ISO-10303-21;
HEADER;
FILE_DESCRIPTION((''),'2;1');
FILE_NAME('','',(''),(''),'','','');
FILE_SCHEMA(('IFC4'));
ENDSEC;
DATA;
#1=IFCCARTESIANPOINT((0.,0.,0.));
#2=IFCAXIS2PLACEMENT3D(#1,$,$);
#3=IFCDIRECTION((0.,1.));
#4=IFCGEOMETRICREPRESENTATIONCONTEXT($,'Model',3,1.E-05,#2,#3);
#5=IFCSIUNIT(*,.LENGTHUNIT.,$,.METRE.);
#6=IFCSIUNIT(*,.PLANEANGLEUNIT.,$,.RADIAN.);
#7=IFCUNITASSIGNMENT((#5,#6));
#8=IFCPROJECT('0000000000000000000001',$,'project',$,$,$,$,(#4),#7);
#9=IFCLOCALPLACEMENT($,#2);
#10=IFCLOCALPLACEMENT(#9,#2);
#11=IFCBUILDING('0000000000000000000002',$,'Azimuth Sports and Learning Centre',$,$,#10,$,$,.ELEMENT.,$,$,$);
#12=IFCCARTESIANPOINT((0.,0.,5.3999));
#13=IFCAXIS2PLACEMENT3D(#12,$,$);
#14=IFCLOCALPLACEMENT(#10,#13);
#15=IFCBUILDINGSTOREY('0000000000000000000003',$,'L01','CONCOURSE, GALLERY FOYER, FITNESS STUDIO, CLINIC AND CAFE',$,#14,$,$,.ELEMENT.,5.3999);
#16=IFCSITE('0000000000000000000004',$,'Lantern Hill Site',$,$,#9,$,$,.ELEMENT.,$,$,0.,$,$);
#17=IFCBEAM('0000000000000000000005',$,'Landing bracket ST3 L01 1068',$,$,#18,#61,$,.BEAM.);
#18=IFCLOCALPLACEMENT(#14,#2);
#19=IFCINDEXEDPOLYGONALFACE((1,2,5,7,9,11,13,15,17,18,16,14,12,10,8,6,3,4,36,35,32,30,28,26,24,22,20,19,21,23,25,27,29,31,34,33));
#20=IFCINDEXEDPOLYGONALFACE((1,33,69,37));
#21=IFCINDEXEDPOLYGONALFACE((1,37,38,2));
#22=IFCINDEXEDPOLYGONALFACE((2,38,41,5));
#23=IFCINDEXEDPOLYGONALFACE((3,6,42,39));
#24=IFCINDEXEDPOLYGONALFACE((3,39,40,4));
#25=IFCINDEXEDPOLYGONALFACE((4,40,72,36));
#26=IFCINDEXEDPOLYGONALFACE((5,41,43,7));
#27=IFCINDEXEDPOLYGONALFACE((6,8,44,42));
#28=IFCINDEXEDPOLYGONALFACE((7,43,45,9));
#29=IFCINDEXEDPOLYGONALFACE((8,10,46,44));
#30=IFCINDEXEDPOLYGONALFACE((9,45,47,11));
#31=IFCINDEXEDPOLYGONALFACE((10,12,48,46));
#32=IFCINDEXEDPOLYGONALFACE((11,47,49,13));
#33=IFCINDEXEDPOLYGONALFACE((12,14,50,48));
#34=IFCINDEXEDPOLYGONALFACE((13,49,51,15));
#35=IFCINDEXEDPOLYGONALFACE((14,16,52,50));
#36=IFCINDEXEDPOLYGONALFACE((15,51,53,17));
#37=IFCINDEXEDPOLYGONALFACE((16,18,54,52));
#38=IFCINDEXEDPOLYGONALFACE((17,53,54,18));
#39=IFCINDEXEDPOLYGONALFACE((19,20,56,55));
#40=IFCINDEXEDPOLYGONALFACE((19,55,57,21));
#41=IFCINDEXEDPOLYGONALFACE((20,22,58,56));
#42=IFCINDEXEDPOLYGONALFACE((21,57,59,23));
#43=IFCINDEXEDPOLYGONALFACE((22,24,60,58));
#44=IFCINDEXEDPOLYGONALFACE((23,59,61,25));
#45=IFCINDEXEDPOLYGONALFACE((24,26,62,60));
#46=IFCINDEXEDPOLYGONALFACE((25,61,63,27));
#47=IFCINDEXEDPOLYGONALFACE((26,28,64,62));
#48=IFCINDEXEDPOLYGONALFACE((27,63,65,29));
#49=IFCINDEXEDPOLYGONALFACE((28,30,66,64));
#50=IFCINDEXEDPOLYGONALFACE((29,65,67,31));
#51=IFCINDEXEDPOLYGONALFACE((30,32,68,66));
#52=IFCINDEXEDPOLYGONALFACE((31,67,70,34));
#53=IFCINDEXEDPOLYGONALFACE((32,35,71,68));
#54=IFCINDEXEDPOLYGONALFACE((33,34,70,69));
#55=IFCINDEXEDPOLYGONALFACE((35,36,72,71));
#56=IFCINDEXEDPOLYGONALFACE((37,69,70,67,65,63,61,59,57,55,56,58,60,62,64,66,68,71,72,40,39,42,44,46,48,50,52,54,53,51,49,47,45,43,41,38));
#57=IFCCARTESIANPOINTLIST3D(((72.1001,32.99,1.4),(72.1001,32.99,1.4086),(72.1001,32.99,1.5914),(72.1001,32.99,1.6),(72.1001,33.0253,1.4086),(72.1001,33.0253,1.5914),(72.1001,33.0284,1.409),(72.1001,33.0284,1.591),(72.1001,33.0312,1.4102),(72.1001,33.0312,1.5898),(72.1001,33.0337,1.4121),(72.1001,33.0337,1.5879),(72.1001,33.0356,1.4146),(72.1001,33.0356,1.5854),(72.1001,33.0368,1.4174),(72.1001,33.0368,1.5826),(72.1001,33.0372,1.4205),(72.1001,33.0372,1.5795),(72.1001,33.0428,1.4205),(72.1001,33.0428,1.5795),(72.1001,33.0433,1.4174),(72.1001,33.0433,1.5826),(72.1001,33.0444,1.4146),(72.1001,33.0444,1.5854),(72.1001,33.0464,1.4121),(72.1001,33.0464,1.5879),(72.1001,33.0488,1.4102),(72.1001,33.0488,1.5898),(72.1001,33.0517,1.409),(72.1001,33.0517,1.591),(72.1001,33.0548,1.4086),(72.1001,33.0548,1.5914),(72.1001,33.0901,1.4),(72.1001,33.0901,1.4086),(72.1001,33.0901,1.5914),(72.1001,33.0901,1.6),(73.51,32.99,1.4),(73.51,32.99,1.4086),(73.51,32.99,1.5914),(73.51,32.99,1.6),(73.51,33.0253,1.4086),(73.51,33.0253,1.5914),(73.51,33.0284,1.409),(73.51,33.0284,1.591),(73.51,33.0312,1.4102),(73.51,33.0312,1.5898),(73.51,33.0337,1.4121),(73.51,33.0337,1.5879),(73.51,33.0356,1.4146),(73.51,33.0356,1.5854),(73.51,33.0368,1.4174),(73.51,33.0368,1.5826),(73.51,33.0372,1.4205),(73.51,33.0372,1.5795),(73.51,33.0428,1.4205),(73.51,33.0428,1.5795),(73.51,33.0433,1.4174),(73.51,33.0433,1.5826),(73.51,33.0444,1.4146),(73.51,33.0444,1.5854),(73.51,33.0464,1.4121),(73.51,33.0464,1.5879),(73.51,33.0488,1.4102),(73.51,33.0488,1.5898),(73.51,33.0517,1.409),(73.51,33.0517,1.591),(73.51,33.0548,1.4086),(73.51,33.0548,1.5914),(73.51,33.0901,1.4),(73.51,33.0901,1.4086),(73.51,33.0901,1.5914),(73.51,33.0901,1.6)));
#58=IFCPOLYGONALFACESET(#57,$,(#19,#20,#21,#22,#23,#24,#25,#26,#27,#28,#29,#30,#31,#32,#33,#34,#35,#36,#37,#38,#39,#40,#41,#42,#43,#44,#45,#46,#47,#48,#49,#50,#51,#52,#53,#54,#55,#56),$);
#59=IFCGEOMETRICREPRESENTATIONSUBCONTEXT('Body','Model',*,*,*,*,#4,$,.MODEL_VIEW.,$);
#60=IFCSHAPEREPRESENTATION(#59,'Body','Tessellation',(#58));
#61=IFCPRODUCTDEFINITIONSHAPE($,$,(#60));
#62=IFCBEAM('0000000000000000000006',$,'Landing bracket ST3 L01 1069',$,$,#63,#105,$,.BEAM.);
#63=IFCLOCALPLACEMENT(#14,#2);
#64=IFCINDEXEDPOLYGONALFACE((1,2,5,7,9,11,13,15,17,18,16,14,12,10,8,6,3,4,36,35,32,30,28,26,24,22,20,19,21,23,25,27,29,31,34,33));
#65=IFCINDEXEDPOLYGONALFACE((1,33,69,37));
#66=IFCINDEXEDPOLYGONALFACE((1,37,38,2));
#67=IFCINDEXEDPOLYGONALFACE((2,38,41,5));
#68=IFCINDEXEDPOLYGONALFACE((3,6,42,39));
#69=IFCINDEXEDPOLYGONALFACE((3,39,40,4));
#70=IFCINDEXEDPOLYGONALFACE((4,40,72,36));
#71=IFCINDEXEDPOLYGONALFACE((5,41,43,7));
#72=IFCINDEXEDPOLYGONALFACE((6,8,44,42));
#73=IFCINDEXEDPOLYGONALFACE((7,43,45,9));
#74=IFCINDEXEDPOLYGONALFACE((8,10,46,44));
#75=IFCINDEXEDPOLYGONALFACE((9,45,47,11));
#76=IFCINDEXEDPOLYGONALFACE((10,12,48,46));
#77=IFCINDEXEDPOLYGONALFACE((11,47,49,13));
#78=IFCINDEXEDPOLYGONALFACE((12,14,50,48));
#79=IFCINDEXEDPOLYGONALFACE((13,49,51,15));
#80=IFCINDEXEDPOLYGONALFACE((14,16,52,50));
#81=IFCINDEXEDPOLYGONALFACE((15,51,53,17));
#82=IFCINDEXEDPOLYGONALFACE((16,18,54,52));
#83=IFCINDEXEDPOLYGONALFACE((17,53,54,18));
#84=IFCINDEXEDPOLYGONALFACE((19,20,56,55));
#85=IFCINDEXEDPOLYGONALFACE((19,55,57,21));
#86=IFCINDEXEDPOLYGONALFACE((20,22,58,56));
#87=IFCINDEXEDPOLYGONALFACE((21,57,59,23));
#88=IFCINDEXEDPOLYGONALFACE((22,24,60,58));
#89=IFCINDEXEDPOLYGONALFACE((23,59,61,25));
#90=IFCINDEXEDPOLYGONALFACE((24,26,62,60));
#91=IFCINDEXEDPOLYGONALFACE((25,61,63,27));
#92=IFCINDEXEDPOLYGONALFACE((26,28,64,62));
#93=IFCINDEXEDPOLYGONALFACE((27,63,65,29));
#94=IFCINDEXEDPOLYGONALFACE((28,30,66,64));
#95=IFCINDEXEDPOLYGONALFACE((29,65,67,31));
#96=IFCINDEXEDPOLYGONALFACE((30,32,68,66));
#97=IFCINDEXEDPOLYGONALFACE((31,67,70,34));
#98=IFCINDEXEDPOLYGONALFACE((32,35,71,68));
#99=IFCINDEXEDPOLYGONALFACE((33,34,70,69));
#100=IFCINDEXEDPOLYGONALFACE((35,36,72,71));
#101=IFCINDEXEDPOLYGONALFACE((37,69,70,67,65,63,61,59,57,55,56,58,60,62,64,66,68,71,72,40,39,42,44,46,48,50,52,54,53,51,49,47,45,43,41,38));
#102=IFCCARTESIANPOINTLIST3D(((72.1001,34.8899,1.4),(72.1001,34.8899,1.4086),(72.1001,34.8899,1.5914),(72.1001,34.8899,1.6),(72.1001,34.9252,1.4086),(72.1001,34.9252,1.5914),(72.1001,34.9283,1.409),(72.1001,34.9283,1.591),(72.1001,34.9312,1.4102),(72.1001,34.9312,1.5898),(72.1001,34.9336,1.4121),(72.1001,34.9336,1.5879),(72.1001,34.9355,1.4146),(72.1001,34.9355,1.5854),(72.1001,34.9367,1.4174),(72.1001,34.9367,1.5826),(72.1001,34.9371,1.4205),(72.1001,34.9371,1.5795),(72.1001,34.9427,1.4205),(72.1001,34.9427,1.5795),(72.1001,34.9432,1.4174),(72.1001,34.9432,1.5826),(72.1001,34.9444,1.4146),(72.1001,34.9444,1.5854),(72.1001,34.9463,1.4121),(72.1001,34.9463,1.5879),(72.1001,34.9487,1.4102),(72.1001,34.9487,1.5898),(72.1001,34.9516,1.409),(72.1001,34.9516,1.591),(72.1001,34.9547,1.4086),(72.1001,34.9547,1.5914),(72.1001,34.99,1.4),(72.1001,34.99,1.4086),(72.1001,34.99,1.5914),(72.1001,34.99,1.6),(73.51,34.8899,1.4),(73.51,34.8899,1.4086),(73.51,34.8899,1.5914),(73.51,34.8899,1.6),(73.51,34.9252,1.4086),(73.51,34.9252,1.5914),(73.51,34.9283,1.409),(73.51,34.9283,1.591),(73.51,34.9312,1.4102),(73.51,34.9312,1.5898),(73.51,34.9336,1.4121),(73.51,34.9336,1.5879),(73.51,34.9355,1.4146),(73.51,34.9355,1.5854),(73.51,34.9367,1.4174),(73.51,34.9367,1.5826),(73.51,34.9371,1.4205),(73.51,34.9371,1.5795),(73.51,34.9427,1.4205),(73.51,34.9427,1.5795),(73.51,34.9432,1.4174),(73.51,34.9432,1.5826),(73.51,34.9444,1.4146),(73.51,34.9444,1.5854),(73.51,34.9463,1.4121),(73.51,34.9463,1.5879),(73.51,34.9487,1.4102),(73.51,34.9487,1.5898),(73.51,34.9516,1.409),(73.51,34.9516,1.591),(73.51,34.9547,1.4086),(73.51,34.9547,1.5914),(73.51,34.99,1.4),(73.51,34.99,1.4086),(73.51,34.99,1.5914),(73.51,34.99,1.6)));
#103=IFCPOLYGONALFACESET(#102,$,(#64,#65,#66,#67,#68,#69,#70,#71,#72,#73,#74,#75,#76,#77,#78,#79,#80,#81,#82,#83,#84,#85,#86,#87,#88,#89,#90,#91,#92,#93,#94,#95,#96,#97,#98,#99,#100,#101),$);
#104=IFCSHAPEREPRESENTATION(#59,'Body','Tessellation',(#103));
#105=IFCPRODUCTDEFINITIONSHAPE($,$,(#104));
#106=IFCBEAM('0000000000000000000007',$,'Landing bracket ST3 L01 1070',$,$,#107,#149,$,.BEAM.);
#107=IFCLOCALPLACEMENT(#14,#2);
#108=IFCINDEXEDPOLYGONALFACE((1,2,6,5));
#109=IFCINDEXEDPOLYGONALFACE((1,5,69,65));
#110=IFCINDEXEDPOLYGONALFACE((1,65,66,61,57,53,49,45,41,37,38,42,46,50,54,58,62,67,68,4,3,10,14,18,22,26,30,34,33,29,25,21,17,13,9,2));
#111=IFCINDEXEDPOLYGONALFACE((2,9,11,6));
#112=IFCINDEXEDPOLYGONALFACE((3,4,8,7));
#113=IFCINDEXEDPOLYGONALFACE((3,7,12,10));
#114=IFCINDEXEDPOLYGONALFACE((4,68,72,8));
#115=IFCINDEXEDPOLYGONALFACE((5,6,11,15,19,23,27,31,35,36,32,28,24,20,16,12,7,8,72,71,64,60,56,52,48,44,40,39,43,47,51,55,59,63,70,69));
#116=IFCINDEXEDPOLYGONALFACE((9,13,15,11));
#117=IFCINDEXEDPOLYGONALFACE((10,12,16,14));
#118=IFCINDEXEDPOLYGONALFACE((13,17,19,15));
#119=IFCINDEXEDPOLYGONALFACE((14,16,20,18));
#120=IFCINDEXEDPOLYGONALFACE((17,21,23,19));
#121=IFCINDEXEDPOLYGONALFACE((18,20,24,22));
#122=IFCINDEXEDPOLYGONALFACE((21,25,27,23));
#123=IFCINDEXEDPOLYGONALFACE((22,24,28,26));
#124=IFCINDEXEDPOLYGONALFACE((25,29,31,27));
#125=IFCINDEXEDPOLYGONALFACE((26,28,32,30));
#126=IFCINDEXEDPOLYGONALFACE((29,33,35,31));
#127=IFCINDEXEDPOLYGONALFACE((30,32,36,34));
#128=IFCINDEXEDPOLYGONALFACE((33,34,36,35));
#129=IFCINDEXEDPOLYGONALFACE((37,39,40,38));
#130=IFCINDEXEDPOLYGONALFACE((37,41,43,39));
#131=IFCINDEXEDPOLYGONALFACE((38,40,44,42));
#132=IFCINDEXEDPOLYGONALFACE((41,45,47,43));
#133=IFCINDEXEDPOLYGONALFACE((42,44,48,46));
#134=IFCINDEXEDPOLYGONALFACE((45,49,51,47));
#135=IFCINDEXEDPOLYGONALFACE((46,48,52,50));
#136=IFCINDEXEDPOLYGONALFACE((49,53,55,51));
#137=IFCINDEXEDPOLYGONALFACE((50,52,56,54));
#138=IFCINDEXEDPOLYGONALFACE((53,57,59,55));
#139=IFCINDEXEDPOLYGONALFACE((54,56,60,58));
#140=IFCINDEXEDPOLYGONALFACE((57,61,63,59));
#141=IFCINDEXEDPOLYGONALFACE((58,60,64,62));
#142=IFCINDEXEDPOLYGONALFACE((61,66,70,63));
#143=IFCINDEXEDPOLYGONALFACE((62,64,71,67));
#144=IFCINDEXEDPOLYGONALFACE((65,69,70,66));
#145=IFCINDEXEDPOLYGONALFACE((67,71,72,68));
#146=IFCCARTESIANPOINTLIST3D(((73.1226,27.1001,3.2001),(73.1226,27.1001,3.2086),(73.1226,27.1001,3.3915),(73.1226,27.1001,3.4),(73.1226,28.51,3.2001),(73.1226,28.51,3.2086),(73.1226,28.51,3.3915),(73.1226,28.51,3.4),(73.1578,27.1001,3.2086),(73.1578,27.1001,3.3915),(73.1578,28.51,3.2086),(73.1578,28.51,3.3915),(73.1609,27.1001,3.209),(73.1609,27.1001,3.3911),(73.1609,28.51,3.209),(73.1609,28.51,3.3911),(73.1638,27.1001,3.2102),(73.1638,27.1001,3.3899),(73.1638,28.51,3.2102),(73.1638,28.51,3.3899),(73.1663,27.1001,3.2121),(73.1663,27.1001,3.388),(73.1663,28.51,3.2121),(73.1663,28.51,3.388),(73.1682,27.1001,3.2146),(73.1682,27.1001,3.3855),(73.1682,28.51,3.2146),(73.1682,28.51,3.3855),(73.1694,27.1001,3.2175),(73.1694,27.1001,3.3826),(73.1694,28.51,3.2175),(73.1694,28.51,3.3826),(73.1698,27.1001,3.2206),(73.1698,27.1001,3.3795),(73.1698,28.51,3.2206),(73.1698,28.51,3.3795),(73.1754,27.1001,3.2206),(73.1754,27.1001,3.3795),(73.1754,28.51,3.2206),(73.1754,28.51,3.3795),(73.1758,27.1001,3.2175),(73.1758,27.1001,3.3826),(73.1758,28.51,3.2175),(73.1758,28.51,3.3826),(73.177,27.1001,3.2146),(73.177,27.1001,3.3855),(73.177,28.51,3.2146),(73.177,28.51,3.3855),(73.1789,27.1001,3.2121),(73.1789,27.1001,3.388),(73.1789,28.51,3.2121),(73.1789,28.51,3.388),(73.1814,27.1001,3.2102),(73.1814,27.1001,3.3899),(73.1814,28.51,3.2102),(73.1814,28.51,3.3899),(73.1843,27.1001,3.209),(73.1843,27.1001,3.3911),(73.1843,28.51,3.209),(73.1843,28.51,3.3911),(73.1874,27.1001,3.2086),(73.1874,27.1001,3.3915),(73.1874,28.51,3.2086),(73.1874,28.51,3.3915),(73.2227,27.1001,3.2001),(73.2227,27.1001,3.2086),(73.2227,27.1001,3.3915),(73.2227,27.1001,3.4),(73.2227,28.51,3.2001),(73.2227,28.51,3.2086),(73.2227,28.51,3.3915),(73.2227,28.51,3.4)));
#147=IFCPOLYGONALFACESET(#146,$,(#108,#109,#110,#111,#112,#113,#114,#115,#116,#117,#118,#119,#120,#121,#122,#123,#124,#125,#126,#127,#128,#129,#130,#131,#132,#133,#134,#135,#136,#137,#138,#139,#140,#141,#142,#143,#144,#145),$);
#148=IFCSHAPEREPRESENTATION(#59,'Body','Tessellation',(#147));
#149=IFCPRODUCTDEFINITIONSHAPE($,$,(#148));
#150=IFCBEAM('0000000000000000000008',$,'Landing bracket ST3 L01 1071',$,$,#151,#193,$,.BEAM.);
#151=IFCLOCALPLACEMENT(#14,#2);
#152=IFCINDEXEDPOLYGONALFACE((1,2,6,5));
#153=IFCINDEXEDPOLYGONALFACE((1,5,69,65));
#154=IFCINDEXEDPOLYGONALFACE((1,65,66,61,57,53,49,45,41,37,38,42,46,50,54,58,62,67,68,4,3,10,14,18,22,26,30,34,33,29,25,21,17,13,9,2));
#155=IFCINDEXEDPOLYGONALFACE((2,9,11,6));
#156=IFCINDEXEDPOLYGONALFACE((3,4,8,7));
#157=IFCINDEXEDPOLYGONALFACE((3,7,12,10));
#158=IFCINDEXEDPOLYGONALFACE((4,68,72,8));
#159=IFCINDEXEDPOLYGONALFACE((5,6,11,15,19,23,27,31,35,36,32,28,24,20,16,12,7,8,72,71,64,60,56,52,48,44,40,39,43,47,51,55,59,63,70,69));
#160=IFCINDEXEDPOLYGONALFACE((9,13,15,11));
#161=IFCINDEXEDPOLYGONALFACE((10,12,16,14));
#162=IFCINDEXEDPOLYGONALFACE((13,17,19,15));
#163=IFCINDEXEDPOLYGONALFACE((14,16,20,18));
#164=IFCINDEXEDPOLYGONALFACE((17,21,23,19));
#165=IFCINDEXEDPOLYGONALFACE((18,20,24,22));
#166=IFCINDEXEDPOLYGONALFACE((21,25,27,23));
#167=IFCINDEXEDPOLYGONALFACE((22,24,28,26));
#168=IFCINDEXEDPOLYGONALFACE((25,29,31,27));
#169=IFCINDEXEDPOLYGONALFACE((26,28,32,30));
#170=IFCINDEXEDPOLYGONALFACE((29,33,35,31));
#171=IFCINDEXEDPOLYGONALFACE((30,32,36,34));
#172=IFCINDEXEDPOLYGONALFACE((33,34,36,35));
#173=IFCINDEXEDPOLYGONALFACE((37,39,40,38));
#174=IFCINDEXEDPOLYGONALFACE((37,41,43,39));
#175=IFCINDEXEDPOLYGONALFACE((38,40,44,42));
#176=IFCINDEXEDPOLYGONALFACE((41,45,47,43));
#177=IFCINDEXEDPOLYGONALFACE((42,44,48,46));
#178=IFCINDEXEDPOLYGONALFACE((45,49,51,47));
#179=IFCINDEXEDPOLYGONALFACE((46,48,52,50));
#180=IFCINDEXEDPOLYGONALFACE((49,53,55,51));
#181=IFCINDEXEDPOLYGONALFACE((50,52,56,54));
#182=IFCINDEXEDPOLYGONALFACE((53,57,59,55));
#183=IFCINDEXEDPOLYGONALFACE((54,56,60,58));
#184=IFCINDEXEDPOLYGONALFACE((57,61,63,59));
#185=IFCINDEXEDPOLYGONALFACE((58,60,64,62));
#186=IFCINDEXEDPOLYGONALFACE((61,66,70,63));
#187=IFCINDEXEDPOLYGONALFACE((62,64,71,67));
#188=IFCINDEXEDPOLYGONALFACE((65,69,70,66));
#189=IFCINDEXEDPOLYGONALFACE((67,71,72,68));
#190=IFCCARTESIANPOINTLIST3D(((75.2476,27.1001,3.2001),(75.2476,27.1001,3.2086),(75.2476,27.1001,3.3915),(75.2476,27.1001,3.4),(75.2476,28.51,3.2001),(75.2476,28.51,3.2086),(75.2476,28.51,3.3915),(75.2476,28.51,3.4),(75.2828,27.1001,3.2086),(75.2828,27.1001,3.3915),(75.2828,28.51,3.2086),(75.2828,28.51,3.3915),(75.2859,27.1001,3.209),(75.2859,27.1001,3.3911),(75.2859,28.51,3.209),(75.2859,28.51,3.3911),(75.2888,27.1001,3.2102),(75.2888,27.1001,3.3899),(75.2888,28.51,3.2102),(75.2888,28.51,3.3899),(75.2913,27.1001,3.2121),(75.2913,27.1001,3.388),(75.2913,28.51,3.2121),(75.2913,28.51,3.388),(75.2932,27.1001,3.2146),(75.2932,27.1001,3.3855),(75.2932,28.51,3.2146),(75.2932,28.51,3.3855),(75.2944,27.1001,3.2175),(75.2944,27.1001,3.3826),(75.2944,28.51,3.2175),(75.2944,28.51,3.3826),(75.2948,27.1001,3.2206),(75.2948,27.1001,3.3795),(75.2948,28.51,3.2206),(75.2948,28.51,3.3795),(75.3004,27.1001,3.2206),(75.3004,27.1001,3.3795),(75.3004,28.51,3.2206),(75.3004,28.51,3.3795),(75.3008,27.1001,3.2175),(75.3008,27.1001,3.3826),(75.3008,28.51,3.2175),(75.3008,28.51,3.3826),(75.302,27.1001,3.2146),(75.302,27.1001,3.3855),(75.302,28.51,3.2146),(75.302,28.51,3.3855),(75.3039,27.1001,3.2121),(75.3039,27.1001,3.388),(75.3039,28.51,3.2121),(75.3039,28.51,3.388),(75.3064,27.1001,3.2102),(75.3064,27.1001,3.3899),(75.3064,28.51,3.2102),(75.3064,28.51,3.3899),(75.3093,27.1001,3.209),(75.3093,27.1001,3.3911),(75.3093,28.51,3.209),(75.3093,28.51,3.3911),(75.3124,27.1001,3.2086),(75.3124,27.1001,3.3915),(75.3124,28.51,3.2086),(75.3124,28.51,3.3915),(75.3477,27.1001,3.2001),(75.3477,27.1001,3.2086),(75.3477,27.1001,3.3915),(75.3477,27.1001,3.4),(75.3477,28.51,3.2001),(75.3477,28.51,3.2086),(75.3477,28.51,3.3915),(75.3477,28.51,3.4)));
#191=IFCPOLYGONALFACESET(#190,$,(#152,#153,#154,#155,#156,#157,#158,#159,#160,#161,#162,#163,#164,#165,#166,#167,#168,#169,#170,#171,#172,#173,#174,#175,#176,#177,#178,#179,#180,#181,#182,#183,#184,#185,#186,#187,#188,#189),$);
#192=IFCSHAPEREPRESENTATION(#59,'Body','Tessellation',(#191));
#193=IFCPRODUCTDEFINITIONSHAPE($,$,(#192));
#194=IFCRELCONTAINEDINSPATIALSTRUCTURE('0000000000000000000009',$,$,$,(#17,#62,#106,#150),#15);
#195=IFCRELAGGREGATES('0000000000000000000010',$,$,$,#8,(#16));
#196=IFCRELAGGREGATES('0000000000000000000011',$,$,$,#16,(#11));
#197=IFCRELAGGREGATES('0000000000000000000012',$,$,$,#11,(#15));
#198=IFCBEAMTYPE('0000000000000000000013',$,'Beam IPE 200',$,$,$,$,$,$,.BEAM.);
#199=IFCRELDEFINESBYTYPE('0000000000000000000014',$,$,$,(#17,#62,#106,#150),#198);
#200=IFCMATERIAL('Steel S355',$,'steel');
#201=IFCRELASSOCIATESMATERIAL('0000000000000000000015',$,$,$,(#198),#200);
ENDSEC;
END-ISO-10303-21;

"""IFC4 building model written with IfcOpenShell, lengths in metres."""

from ifc_helpers import new_model, si_unit, direction, frame, origin, origin_2d, place, context, subcontext, project, spatial, i_section, extrude, material, material_profile, profile_set, type_object, element, save


model = new_model("IFC4")

# Units and contexts
model_context = context("Model", 3, precision=1e-05, world=origin(), true_north=direction((0.0, 1.0)))
body_context = subcontext(model_context, "Body", "Model", "MODEL_VIEW")
ifc_project = project(units=[si_unit("LENGTHUNIT", "METRE"), si_unit("PLANEANGLEUNIT", "RADIAN")], contexts=[model_context])

# Site, building, storey
site_placement = place(None, origin())
site = spatial("IfcSite", under=ifc_project, at=site_placement, Name="Lantern Hill Site", CompositionType="ELEMENT", RefElevation=0.0)
building_placement = place(site_placement, origin())
building = spatial("IfcBuilding", under=site, at=building_placement, Name="Azimuth Sports and Learning Centre", CompositionType="ELEMENT")
storey_placement = place(building_placement, frame((0.0, 0.0, 5.3999)))
storey = spatial("IfcBuildingStorey", under=building, at=storey_placement, Name="L01", Description="CONCOURSE, GALLERY FOYER, FITNESS STUDIO, CLINIC AND CAFE", CompositionType="ELEMENT", Elevation=5.3999)

# Beams
ifc_material_1 = material(Name="Steel S355", Category="steel")
ifc_material_profile_1 = material_profile(ifc_material_1, i_section(OverallWidth=0.1001, OverallDepth=0.2, WebThickness=0.0056, FlangeThickness=0.0085, FilletRadius=0.012, at=origin_2d()), Name="IPE 200")
ifc_profile_set_1 = profile_set([ifc_material_profile_1], Name="Steel S355")
beam_type = type_object("IfcBeamType", Name="Beam IPE 200", PredefinedType="BEAM", material=ifc_profile_set_1)
for number, where, z_axis, x_axis, name in (
    (1, (72.1001, 33.04, 1.5), (1.0, 0.0, 0.0), (0.0, 1.0, 0.0), "Landing bracket ST3 L01 1068"),
    (2, (72.1001, 34.9399, 1.5), (1.0, 0.0, 0.0), (0.0, 1.0, 0.0), "Landing bracket ST3 L01 1069"),
    (3, (73.1726, 27.1001, 3.3), (0.0, 1.0, 0.0), (-1.0, 0.0, 0.0), "Landing bracket ST3 L01 1070"),
    (4, (75.2976, 27.1001, 3.3), (0.0, 1.0, 0.0), (-1.0, 0.0, 0.0), "Landing bracket ST3 L01 1071"),
):
    element("IfcBeam", number, at=place(storey_placement, frame(where, z_axis=z_axis, x_axis=x_axis)), inside=storey, type_object=beam_type, Name=name, PredefinedType="BEAM", context=body_context, shape_type="SweptSolid", body=[
        extrude(i_section(OverallWidth=0.1001, OverallDepth=0.2, WebThickness=0.0056, FlangeThickness=0.0085, FilletRadius=0.012, at=origin_2d()), origin(), (0.0, 0.0, 1.0), 1.4099),
    ])

save(model, "model.ifc")
